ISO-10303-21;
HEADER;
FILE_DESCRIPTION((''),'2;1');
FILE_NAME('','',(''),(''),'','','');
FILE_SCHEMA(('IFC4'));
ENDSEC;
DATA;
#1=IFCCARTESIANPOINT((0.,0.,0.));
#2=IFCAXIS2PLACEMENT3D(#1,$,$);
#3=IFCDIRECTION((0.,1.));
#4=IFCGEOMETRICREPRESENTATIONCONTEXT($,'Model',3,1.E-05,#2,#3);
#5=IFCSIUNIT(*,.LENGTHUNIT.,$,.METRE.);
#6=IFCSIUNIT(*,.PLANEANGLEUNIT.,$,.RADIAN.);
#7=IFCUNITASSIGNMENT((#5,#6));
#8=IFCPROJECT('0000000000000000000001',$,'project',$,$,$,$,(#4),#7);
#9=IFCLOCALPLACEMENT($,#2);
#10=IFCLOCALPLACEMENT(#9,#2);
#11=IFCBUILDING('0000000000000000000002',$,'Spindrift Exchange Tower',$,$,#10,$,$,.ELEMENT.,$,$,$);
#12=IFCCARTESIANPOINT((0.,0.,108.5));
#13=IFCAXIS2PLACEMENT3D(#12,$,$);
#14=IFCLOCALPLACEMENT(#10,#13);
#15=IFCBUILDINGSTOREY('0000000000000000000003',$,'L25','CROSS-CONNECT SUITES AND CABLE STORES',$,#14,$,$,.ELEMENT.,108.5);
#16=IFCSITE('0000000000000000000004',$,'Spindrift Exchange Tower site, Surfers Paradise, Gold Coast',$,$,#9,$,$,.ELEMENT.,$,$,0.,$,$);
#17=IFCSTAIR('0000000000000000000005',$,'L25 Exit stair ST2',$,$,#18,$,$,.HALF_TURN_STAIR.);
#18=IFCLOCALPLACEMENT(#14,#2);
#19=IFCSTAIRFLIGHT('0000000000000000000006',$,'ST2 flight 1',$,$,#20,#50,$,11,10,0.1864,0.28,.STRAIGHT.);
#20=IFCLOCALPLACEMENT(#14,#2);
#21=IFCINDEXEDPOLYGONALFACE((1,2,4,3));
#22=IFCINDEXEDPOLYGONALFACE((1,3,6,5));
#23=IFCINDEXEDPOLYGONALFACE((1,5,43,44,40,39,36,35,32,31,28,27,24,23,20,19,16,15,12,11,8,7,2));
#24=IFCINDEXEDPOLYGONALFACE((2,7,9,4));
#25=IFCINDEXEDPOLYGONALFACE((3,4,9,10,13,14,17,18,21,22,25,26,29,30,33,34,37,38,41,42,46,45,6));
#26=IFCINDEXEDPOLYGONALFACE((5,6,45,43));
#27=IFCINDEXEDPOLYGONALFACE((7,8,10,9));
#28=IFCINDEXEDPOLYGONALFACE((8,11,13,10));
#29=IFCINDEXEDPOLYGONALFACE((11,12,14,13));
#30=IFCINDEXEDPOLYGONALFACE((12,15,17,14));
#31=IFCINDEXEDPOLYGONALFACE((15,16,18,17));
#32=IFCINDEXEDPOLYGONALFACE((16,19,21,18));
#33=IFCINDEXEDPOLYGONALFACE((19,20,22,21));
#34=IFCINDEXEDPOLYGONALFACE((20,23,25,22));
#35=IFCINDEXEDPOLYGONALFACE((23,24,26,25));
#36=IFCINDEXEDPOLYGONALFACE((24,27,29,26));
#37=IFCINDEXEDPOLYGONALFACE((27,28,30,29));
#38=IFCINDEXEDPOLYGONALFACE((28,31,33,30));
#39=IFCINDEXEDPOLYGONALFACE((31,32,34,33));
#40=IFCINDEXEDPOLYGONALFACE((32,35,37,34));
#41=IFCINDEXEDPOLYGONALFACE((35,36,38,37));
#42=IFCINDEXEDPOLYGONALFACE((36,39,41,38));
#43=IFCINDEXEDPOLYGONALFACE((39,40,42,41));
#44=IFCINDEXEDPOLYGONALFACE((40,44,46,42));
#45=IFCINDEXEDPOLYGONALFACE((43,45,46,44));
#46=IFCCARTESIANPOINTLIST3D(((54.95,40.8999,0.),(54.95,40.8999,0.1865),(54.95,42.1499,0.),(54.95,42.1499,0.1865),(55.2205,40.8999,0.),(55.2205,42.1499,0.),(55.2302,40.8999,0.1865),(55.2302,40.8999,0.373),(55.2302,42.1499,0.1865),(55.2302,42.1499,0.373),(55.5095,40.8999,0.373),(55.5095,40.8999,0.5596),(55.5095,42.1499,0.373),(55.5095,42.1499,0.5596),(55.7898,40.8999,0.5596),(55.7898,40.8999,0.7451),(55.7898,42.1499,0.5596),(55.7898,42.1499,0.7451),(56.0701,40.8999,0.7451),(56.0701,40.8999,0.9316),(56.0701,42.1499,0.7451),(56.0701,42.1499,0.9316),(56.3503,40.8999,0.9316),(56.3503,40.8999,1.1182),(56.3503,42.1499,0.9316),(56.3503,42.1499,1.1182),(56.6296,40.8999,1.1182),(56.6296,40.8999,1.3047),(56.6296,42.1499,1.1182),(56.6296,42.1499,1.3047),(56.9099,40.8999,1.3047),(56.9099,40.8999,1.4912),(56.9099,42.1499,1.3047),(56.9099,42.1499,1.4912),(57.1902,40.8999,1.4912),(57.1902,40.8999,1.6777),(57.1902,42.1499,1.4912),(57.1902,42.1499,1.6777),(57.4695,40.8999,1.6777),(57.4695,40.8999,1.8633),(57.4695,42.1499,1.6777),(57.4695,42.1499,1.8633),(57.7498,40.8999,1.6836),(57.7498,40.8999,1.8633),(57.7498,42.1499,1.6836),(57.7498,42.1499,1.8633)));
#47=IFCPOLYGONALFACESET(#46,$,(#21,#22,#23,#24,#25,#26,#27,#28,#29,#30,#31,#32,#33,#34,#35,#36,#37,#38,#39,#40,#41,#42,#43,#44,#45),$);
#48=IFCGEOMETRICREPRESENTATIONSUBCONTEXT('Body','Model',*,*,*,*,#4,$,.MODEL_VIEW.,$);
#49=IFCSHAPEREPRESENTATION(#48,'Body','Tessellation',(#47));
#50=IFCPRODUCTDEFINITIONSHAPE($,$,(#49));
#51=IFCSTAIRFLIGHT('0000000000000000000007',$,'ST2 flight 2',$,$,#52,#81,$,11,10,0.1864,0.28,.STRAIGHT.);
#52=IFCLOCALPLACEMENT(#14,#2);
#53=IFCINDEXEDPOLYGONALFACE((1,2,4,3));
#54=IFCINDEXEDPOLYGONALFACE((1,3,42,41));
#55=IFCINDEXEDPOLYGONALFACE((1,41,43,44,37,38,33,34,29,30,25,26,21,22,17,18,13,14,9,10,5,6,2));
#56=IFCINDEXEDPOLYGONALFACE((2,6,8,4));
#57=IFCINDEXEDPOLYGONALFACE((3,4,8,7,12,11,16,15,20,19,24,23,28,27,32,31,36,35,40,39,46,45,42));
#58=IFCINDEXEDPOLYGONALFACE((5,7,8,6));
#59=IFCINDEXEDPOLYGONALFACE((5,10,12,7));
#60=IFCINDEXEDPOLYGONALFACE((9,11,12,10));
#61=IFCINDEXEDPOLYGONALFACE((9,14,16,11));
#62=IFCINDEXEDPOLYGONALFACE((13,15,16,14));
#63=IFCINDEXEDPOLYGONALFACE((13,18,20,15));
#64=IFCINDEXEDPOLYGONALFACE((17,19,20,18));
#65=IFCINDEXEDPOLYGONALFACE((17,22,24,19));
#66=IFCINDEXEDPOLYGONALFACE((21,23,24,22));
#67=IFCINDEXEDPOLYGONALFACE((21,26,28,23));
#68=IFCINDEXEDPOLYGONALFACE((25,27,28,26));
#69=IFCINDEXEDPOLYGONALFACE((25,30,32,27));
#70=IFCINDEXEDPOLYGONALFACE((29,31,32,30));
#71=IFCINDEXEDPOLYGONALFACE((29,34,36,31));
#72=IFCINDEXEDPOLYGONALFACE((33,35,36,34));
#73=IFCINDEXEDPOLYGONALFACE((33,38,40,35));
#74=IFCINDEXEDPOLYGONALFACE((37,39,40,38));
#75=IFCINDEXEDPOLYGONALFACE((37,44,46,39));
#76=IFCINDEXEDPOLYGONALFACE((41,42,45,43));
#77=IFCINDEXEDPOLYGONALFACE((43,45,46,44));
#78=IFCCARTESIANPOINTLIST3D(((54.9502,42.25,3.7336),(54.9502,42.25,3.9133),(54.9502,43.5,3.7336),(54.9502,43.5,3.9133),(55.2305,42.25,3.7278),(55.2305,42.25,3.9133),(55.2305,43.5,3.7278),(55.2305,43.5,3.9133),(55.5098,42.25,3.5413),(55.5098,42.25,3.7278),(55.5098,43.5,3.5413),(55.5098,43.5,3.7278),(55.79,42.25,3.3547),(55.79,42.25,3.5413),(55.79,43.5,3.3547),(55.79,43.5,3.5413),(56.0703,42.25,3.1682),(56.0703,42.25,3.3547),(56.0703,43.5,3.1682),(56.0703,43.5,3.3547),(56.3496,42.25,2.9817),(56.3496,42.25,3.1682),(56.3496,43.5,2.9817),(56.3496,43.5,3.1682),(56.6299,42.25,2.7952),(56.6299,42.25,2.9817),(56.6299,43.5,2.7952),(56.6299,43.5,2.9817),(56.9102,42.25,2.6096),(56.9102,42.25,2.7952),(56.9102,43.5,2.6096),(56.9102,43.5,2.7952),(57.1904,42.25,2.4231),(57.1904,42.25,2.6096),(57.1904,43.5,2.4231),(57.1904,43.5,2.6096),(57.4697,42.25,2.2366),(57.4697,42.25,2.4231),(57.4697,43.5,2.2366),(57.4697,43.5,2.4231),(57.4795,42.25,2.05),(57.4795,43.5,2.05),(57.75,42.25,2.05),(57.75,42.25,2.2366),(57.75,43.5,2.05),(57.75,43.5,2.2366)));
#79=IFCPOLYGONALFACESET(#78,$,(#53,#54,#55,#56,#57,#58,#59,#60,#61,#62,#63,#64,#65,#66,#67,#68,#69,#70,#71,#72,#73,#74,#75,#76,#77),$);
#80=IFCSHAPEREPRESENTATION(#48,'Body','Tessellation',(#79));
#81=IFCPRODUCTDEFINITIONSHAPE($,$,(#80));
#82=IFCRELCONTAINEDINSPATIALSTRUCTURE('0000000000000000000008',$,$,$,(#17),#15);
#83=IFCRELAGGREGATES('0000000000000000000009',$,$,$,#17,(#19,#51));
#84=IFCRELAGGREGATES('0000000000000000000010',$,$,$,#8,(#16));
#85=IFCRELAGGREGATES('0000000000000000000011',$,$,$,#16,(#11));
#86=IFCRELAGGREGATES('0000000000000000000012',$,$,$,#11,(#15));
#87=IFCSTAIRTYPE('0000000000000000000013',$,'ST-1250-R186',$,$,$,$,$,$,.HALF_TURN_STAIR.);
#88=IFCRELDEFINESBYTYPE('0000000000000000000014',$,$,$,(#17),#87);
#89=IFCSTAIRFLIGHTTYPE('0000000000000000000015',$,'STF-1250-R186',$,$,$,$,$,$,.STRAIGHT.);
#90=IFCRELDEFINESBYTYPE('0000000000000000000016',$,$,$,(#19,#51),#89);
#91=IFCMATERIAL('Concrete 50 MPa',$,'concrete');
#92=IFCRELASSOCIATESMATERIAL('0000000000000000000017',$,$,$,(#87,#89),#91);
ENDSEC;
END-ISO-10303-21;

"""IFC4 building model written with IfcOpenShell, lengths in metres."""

from ifc_helpers import new_model, si_unit, direction, frame, origin, place, context, subcontext, project, spatial, line, indexed_curve, outline, extrude, material, type_object, element, aggregate, save


model = new_model("IFC4")

# Units and contexts
model_context = context("Model", 3, precision=1e-05, world=origin(), true_north=direction((0.0, 1.0)))
body_context = subcontext(model_context, "Body", "Model", "MODEL_VIEW")
ifc_project = project(units=[si_unit("LENGTHUNIT", "METRE"), si_unit("PLANEANGLEUNIT", "RADIAN")], contexts=[model_context])

# Site, building, storey
site_placement = place(None, origin())
site = spatial("IfcSite", under=ifc_project, at=site_placement, Name="Spindrift Exchange Tower site, Surfers Paradise, Gold Coast", CompositionType="ELEMENT", RefElevation=0.0)
building_placement = place(site_placement, origin())
building = spatial("IfcBuilding", under=site, at=building_placement, Name="Spindrift Exchange Tower", CompositionType="ELEMENT")
storey_placement = place(building_placement, frame((0.0, 0.0, 108.5)))
storey = spatial("IfcBuildingStorey", under=building, at=storey_placement, Name="L25", Description="CROSS-CONNECT SUITES AND CABLE STORES", CompositionType="ELEMENT", Elevation=108.5)

# Stair, stair flights
ifc_material_1 = material(Name="Concrete 50 MPa", Category="concrete")
stair_type = type_object("IfcStairType", Name="ST-1250-R186", PredefinedType="HALF_TURN_STAIR", material=ifc_material_1)
stair_placement = place(storey_placement, origin())
stair = element("IfcStair", 1, at=stair_placement, inside=storey, type_object=stair_type, Name="L25 Exit stair ST2", PredefinedType="HALF_TURN_STAIR")
stair_flight_type = type_object("IfcStairFlightType", Name="STF-1250-R186", PredefinedType="STRAIGHT", material=ifc_material_1)
stair_flight_1_placement = place(storey_placement, frame((54.95, 41.5249, 0.0), z_axis=(0.0, 0.0, 1.0), x_axis=(1.0, 0.0, 0.0)))
stair_flight_1 = element("IfcStairFlight", 2, at=stair_flight_1_placement, type_object=stair_flight_type, Name="ST2 flight 1", NumberOfRisers=11, NumberOfTreads=10, PredefinedType="STRAIGHT", RiserHeight=0.1864, TreadLength=0.28, context=body_context, shape_type="SweptSolid", body=[
    extrude(outline(indexed_curve([(0.0, 0.0), (0.0, 0.1865), (0.2803, 0.1865), (0.2803, 0.373), (0.5596, 0.373), (0.5596, 0.5596), (0.8398, 0.5596), (0.8398, 0.7451), (1.1201, 0.7451), (1.1201, 0.9316), (1.4004, 0.9316), (1.4004, 1.1182), (1.6797, 1.1182), (1.6797, 1.3047), (1.96, 1.3047), (1.96, 1.4912), (2.2402, 1.4912), (2.2402, 1.6777), (2.5195, 1.6777), (2.5195, 1.8633), (2.7998, 1.8633), (2.7998, 2.0498), (2.7998, 1.6836), (0.2705, 0.0)], segments=[line(1, 2, 3, 4, 5, 6, 7, 8, 9, 10, 11, 12, 13, 14, 15, 16, 17, 18, 19, 20, 21, 22, 23, 24, 1)], self_intersect=False)), frame((0.0, 0.625, 0.0), z_axis=(0.0, -1.0, 0.0), x_axis=(1.0, 0.0, 0.0)), (0.0, 0.0, 1.0), 1.25),
])
stair_flight_2_placement = place(storey_placement, frame((57.75, 42.875, 2.05), z_axis=(0.0, 0.0, 1.0), x_axis=(-1.0, 0.0, 0.0)))
stair_flight_2 = element("IfcStairFlight", 3, at=stair_flight_2_placement, type_object=stair_flight_type, Name="ST2 flight 2", NumberOfRisers=11, NumberOfTreads=10, PredefinedType="STRAIGHT", RiserHeight=0.1864, TreadLength=0.28, context=body_context, shape_type="SweptSolid", body=[
    extrude(outline(indexed_curve([(0.0, 0.0), (0.0, 0.1865), (0.2803, 0.1865), (0.2803, 0.373), (0.5596, 0.373), (0.5596, 0.5596), (0.8398, 0.5596), (0.8398, 0.7451), (1.1201, 0.7451), (1.1201, 0.9316), (1.4004, 0.9316), (1.4004, 1.1182), (1.6797, 1.1182), (1.6797, 1.3047), (1.96, 1.3047), (1.96, 1.4912), (2.2402, 1.4912), (2.2402, 1.6777), (2.5195, 1.6777), (2.5195, 1.8633), (2.7998, 1.8633), (2.7998, 2.0498), (2.7998, 1.6836), (0.2705, 0.0)], segments=[line(1, 2, 3, 4, 5, 6, 7, 8, 9, 10, 11, 12, 13, 14, 15, 16, 17, 18, 19, 20, 21, 22, 23, 24, 1)], self_intersect=False)), frame((0.0, 0.625, 0.0), z_axis=(0.0, -1.0, 0.0), x_axis=(1.0, 0.0, 0.0)), (0.0, 0.0, 1.0), 1.25),
])
aggregate(stair, [stair_flight_1, stair_flight_2])

save(model, "model.ifc")
